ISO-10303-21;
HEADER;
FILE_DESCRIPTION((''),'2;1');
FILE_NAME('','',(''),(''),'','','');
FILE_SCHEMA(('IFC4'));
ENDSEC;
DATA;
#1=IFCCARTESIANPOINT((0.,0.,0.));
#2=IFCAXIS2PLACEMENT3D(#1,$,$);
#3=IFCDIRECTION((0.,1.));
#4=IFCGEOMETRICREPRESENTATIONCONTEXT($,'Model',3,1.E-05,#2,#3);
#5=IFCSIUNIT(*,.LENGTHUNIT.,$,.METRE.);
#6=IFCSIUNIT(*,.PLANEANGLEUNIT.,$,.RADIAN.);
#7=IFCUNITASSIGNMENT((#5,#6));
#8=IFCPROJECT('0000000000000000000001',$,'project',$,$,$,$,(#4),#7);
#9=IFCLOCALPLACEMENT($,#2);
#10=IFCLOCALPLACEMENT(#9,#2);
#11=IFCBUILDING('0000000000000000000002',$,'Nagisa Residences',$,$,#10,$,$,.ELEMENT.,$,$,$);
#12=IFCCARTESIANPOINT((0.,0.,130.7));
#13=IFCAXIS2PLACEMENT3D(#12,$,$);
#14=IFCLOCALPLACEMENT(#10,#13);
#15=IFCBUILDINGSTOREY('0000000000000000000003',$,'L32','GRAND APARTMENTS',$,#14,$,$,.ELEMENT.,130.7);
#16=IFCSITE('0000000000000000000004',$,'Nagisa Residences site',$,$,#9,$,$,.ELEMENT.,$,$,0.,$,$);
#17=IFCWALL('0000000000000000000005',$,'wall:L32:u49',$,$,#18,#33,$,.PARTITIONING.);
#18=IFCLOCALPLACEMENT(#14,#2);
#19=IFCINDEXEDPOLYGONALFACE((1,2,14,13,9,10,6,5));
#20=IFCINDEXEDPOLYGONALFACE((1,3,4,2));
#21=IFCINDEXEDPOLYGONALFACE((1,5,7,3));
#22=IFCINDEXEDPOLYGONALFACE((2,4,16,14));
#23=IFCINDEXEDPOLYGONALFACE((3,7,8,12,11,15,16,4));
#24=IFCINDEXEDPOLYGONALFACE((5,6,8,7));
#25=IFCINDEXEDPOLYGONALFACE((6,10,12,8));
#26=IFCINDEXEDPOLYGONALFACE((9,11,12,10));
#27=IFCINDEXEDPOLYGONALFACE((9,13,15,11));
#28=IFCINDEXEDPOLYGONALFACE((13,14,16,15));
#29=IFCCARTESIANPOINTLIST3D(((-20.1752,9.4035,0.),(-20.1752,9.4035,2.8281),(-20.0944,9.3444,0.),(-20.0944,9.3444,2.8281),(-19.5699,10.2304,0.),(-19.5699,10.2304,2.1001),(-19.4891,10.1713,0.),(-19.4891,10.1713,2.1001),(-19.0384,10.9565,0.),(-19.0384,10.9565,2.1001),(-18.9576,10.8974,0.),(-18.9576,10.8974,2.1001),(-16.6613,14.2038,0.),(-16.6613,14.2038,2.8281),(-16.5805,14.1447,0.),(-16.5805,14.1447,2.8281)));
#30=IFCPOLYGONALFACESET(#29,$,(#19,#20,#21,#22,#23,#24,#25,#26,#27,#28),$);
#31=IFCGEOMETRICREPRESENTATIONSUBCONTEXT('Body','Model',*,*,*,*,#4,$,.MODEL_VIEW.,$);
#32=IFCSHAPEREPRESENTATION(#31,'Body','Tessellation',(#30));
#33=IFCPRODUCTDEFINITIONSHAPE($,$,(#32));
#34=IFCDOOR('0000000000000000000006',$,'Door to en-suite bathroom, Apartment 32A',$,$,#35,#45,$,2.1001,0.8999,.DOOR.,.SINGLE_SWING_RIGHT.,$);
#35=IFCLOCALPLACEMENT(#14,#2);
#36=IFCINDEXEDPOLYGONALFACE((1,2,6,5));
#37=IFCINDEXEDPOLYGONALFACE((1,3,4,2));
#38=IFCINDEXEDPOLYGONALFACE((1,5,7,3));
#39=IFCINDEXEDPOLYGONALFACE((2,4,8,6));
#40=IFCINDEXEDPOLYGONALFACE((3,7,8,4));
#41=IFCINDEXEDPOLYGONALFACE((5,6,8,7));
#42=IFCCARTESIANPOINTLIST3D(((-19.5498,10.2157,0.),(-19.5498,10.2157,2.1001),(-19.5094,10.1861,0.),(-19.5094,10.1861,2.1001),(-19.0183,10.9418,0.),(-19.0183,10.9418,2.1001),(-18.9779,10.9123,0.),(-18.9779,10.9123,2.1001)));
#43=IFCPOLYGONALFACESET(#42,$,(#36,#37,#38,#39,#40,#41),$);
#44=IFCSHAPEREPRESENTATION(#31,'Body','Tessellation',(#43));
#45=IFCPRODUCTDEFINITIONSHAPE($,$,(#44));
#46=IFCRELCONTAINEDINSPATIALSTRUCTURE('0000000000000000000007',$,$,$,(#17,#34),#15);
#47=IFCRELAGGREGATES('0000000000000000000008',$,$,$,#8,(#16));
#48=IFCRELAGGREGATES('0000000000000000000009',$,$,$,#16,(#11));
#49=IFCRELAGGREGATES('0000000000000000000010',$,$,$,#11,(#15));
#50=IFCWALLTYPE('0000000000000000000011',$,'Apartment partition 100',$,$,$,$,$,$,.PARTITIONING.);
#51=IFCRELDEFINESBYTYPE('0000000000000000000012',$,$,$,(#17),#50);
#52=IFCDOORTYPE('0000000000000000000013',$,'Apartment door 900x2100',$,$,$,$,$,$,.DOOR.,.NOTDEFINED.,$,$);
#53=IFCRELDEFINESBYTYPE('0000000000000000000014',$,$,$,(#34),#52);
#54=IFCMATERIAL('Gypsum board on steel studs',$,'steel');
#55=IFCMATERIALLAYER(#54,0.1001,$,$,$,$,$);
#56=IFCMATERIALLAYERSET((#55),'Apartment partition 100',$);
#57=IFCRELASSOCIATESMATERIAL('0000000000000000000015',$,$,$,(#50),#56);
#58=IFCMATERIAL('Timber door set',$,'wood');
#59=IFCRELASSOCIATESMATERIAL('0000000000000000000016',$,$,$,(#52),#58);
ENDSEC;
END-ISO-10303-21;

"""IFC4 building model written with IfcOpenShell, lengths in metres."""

from ifc_helpers import new_model, si_unit, direction, frame, frame_2d, origin, place, context, subcontext, project, spatial, rectangle, extrude, material, layer, layer_set, type_object, element, fill, save


model = new_model("IFC4")

# Units and contexts
model_context = context("Model", 3, precision=1e-05, world=origin(), true_north=direction((0.0, 1.0)))
body_context = subcontext(model_context, "Body", "Model", "MODEL_VIEW")
ifc_project = project(units=[si_unit("LENGTHUNIT", "METRE"), si_unit("PLANEANGLEUNIT", "RADIAN")], contexts=[model_context])

# Site, building, storey
site_placement = place(None, origin())
site = spatial("IfcSite", under=ifc_project, at=site_placement, Name="Nagisa Residences site", CompositionType="ELEMENT", RefElevation=0.0)
building_placement = place(site_placement, origin())
building = spatial("IfcBuilding", under=site, at=building_placement, Name="Nagisa Residences", CompositionType="ELEMENT")
storey_placement = place(building_placement, frame((0.0, 0.0, 130.7)))
storey = spatial("IfcBuildingStorey", under=building, at=storey_placement, Name="L32", Description="GRAND APARTMENTS", CompositionType="ELEMENT", Elevation=130.7)

# Wall, opening, door
ifc_material_1 = material(Name="Gypsum board on steel studs", Category="steel")
ifc_layer_1 = layer(ifc_material_1, 0.1001)
ifc_layer_set_1 = layer_set([ifc_layer_1], Name="Apartment partition 100")
wall_type_1 = type_object("IfcWallType", Name="Apartment partition 100", PredefinedType="PARTITIONING", material=ifc_layer_set_1)
ifc_material_2 = material(Name="Timber door set", Category="wood")
door_type_1 = type_object("IfcDoorType", Name="Apartment door 900x2100", OperationType="NOTDEFINED", PredefinedType="DOOR", material=ifc_material_2)
wall_1_placement = place(storey_placement, frame((-16.6208, 14.1743, 0.0), z_axis=(0.0, 0.0, 1.0), x_axis=(-0.590675, -0.80691, 0.0)))
wall_1 = element("IfcWall", 1, at=wall_1_placement, inside=storey, type_object=wall_type_1, Name="wall:L32:u49", PredefinedType="PARTITIONING", context=body_context, shape_type="SweptSolid", body=[
    extrude(rectangle(XDim=5.949, YDim=0.1001, at=frame_2d((2.9746, 0.0))), origin(), (0.0, 0.0, 1.0), 2.8281),
])
opening_1_placement = place(wall_1_placement, frame((4.0244, 0.0, 0.0)))
opening_1 = element("IfcOpeningElement", 2, at=opening_1_placement, cuts=wall_1, PredefinedType="OPENING", context=body_context, shape_type="SweptSolid", body=[
    extrude(rectangle(XDim=0.8999, YDim=2.1001, at=frame_2d((0.45, 1.05))), frame((0.0, 0.0601, 0.0), z_axis=(0.0, -1.0, 0.0), x_axis=(1.0, 0.0, 0.0)), (0.0, 0.0, 1.0), 0.1201),
])
door_1_placement = place(opening_1_placement, origin())
door_1 = element("IfcDoor", 3, at=door_1_placement, inside=storey, type_object=door_type_1, Name="Door to en-suite bathroom, Apartment 32A", OperationType="SINGLE_SWING_RIGHT", OverallHeight=2.1001, OverallWidth=0.8999, PredefinedType="DOOR", context=body_context, shape_type="SweptSolid", body=[
    extrude(rectangle(XDim=0.8999, YDim=2.1001, at=frame_2d((0.45, 1.05))), frame((0.0, 0.0249, 0.0), z_axis=(0.0, -1.0, 0.0), x_axis=(1.0, 0.0, 0.0)), (0.0, 0.0, 1.0), 0.05),
])
fill(opening_1, door_1)

save(model, "model.ifc")
